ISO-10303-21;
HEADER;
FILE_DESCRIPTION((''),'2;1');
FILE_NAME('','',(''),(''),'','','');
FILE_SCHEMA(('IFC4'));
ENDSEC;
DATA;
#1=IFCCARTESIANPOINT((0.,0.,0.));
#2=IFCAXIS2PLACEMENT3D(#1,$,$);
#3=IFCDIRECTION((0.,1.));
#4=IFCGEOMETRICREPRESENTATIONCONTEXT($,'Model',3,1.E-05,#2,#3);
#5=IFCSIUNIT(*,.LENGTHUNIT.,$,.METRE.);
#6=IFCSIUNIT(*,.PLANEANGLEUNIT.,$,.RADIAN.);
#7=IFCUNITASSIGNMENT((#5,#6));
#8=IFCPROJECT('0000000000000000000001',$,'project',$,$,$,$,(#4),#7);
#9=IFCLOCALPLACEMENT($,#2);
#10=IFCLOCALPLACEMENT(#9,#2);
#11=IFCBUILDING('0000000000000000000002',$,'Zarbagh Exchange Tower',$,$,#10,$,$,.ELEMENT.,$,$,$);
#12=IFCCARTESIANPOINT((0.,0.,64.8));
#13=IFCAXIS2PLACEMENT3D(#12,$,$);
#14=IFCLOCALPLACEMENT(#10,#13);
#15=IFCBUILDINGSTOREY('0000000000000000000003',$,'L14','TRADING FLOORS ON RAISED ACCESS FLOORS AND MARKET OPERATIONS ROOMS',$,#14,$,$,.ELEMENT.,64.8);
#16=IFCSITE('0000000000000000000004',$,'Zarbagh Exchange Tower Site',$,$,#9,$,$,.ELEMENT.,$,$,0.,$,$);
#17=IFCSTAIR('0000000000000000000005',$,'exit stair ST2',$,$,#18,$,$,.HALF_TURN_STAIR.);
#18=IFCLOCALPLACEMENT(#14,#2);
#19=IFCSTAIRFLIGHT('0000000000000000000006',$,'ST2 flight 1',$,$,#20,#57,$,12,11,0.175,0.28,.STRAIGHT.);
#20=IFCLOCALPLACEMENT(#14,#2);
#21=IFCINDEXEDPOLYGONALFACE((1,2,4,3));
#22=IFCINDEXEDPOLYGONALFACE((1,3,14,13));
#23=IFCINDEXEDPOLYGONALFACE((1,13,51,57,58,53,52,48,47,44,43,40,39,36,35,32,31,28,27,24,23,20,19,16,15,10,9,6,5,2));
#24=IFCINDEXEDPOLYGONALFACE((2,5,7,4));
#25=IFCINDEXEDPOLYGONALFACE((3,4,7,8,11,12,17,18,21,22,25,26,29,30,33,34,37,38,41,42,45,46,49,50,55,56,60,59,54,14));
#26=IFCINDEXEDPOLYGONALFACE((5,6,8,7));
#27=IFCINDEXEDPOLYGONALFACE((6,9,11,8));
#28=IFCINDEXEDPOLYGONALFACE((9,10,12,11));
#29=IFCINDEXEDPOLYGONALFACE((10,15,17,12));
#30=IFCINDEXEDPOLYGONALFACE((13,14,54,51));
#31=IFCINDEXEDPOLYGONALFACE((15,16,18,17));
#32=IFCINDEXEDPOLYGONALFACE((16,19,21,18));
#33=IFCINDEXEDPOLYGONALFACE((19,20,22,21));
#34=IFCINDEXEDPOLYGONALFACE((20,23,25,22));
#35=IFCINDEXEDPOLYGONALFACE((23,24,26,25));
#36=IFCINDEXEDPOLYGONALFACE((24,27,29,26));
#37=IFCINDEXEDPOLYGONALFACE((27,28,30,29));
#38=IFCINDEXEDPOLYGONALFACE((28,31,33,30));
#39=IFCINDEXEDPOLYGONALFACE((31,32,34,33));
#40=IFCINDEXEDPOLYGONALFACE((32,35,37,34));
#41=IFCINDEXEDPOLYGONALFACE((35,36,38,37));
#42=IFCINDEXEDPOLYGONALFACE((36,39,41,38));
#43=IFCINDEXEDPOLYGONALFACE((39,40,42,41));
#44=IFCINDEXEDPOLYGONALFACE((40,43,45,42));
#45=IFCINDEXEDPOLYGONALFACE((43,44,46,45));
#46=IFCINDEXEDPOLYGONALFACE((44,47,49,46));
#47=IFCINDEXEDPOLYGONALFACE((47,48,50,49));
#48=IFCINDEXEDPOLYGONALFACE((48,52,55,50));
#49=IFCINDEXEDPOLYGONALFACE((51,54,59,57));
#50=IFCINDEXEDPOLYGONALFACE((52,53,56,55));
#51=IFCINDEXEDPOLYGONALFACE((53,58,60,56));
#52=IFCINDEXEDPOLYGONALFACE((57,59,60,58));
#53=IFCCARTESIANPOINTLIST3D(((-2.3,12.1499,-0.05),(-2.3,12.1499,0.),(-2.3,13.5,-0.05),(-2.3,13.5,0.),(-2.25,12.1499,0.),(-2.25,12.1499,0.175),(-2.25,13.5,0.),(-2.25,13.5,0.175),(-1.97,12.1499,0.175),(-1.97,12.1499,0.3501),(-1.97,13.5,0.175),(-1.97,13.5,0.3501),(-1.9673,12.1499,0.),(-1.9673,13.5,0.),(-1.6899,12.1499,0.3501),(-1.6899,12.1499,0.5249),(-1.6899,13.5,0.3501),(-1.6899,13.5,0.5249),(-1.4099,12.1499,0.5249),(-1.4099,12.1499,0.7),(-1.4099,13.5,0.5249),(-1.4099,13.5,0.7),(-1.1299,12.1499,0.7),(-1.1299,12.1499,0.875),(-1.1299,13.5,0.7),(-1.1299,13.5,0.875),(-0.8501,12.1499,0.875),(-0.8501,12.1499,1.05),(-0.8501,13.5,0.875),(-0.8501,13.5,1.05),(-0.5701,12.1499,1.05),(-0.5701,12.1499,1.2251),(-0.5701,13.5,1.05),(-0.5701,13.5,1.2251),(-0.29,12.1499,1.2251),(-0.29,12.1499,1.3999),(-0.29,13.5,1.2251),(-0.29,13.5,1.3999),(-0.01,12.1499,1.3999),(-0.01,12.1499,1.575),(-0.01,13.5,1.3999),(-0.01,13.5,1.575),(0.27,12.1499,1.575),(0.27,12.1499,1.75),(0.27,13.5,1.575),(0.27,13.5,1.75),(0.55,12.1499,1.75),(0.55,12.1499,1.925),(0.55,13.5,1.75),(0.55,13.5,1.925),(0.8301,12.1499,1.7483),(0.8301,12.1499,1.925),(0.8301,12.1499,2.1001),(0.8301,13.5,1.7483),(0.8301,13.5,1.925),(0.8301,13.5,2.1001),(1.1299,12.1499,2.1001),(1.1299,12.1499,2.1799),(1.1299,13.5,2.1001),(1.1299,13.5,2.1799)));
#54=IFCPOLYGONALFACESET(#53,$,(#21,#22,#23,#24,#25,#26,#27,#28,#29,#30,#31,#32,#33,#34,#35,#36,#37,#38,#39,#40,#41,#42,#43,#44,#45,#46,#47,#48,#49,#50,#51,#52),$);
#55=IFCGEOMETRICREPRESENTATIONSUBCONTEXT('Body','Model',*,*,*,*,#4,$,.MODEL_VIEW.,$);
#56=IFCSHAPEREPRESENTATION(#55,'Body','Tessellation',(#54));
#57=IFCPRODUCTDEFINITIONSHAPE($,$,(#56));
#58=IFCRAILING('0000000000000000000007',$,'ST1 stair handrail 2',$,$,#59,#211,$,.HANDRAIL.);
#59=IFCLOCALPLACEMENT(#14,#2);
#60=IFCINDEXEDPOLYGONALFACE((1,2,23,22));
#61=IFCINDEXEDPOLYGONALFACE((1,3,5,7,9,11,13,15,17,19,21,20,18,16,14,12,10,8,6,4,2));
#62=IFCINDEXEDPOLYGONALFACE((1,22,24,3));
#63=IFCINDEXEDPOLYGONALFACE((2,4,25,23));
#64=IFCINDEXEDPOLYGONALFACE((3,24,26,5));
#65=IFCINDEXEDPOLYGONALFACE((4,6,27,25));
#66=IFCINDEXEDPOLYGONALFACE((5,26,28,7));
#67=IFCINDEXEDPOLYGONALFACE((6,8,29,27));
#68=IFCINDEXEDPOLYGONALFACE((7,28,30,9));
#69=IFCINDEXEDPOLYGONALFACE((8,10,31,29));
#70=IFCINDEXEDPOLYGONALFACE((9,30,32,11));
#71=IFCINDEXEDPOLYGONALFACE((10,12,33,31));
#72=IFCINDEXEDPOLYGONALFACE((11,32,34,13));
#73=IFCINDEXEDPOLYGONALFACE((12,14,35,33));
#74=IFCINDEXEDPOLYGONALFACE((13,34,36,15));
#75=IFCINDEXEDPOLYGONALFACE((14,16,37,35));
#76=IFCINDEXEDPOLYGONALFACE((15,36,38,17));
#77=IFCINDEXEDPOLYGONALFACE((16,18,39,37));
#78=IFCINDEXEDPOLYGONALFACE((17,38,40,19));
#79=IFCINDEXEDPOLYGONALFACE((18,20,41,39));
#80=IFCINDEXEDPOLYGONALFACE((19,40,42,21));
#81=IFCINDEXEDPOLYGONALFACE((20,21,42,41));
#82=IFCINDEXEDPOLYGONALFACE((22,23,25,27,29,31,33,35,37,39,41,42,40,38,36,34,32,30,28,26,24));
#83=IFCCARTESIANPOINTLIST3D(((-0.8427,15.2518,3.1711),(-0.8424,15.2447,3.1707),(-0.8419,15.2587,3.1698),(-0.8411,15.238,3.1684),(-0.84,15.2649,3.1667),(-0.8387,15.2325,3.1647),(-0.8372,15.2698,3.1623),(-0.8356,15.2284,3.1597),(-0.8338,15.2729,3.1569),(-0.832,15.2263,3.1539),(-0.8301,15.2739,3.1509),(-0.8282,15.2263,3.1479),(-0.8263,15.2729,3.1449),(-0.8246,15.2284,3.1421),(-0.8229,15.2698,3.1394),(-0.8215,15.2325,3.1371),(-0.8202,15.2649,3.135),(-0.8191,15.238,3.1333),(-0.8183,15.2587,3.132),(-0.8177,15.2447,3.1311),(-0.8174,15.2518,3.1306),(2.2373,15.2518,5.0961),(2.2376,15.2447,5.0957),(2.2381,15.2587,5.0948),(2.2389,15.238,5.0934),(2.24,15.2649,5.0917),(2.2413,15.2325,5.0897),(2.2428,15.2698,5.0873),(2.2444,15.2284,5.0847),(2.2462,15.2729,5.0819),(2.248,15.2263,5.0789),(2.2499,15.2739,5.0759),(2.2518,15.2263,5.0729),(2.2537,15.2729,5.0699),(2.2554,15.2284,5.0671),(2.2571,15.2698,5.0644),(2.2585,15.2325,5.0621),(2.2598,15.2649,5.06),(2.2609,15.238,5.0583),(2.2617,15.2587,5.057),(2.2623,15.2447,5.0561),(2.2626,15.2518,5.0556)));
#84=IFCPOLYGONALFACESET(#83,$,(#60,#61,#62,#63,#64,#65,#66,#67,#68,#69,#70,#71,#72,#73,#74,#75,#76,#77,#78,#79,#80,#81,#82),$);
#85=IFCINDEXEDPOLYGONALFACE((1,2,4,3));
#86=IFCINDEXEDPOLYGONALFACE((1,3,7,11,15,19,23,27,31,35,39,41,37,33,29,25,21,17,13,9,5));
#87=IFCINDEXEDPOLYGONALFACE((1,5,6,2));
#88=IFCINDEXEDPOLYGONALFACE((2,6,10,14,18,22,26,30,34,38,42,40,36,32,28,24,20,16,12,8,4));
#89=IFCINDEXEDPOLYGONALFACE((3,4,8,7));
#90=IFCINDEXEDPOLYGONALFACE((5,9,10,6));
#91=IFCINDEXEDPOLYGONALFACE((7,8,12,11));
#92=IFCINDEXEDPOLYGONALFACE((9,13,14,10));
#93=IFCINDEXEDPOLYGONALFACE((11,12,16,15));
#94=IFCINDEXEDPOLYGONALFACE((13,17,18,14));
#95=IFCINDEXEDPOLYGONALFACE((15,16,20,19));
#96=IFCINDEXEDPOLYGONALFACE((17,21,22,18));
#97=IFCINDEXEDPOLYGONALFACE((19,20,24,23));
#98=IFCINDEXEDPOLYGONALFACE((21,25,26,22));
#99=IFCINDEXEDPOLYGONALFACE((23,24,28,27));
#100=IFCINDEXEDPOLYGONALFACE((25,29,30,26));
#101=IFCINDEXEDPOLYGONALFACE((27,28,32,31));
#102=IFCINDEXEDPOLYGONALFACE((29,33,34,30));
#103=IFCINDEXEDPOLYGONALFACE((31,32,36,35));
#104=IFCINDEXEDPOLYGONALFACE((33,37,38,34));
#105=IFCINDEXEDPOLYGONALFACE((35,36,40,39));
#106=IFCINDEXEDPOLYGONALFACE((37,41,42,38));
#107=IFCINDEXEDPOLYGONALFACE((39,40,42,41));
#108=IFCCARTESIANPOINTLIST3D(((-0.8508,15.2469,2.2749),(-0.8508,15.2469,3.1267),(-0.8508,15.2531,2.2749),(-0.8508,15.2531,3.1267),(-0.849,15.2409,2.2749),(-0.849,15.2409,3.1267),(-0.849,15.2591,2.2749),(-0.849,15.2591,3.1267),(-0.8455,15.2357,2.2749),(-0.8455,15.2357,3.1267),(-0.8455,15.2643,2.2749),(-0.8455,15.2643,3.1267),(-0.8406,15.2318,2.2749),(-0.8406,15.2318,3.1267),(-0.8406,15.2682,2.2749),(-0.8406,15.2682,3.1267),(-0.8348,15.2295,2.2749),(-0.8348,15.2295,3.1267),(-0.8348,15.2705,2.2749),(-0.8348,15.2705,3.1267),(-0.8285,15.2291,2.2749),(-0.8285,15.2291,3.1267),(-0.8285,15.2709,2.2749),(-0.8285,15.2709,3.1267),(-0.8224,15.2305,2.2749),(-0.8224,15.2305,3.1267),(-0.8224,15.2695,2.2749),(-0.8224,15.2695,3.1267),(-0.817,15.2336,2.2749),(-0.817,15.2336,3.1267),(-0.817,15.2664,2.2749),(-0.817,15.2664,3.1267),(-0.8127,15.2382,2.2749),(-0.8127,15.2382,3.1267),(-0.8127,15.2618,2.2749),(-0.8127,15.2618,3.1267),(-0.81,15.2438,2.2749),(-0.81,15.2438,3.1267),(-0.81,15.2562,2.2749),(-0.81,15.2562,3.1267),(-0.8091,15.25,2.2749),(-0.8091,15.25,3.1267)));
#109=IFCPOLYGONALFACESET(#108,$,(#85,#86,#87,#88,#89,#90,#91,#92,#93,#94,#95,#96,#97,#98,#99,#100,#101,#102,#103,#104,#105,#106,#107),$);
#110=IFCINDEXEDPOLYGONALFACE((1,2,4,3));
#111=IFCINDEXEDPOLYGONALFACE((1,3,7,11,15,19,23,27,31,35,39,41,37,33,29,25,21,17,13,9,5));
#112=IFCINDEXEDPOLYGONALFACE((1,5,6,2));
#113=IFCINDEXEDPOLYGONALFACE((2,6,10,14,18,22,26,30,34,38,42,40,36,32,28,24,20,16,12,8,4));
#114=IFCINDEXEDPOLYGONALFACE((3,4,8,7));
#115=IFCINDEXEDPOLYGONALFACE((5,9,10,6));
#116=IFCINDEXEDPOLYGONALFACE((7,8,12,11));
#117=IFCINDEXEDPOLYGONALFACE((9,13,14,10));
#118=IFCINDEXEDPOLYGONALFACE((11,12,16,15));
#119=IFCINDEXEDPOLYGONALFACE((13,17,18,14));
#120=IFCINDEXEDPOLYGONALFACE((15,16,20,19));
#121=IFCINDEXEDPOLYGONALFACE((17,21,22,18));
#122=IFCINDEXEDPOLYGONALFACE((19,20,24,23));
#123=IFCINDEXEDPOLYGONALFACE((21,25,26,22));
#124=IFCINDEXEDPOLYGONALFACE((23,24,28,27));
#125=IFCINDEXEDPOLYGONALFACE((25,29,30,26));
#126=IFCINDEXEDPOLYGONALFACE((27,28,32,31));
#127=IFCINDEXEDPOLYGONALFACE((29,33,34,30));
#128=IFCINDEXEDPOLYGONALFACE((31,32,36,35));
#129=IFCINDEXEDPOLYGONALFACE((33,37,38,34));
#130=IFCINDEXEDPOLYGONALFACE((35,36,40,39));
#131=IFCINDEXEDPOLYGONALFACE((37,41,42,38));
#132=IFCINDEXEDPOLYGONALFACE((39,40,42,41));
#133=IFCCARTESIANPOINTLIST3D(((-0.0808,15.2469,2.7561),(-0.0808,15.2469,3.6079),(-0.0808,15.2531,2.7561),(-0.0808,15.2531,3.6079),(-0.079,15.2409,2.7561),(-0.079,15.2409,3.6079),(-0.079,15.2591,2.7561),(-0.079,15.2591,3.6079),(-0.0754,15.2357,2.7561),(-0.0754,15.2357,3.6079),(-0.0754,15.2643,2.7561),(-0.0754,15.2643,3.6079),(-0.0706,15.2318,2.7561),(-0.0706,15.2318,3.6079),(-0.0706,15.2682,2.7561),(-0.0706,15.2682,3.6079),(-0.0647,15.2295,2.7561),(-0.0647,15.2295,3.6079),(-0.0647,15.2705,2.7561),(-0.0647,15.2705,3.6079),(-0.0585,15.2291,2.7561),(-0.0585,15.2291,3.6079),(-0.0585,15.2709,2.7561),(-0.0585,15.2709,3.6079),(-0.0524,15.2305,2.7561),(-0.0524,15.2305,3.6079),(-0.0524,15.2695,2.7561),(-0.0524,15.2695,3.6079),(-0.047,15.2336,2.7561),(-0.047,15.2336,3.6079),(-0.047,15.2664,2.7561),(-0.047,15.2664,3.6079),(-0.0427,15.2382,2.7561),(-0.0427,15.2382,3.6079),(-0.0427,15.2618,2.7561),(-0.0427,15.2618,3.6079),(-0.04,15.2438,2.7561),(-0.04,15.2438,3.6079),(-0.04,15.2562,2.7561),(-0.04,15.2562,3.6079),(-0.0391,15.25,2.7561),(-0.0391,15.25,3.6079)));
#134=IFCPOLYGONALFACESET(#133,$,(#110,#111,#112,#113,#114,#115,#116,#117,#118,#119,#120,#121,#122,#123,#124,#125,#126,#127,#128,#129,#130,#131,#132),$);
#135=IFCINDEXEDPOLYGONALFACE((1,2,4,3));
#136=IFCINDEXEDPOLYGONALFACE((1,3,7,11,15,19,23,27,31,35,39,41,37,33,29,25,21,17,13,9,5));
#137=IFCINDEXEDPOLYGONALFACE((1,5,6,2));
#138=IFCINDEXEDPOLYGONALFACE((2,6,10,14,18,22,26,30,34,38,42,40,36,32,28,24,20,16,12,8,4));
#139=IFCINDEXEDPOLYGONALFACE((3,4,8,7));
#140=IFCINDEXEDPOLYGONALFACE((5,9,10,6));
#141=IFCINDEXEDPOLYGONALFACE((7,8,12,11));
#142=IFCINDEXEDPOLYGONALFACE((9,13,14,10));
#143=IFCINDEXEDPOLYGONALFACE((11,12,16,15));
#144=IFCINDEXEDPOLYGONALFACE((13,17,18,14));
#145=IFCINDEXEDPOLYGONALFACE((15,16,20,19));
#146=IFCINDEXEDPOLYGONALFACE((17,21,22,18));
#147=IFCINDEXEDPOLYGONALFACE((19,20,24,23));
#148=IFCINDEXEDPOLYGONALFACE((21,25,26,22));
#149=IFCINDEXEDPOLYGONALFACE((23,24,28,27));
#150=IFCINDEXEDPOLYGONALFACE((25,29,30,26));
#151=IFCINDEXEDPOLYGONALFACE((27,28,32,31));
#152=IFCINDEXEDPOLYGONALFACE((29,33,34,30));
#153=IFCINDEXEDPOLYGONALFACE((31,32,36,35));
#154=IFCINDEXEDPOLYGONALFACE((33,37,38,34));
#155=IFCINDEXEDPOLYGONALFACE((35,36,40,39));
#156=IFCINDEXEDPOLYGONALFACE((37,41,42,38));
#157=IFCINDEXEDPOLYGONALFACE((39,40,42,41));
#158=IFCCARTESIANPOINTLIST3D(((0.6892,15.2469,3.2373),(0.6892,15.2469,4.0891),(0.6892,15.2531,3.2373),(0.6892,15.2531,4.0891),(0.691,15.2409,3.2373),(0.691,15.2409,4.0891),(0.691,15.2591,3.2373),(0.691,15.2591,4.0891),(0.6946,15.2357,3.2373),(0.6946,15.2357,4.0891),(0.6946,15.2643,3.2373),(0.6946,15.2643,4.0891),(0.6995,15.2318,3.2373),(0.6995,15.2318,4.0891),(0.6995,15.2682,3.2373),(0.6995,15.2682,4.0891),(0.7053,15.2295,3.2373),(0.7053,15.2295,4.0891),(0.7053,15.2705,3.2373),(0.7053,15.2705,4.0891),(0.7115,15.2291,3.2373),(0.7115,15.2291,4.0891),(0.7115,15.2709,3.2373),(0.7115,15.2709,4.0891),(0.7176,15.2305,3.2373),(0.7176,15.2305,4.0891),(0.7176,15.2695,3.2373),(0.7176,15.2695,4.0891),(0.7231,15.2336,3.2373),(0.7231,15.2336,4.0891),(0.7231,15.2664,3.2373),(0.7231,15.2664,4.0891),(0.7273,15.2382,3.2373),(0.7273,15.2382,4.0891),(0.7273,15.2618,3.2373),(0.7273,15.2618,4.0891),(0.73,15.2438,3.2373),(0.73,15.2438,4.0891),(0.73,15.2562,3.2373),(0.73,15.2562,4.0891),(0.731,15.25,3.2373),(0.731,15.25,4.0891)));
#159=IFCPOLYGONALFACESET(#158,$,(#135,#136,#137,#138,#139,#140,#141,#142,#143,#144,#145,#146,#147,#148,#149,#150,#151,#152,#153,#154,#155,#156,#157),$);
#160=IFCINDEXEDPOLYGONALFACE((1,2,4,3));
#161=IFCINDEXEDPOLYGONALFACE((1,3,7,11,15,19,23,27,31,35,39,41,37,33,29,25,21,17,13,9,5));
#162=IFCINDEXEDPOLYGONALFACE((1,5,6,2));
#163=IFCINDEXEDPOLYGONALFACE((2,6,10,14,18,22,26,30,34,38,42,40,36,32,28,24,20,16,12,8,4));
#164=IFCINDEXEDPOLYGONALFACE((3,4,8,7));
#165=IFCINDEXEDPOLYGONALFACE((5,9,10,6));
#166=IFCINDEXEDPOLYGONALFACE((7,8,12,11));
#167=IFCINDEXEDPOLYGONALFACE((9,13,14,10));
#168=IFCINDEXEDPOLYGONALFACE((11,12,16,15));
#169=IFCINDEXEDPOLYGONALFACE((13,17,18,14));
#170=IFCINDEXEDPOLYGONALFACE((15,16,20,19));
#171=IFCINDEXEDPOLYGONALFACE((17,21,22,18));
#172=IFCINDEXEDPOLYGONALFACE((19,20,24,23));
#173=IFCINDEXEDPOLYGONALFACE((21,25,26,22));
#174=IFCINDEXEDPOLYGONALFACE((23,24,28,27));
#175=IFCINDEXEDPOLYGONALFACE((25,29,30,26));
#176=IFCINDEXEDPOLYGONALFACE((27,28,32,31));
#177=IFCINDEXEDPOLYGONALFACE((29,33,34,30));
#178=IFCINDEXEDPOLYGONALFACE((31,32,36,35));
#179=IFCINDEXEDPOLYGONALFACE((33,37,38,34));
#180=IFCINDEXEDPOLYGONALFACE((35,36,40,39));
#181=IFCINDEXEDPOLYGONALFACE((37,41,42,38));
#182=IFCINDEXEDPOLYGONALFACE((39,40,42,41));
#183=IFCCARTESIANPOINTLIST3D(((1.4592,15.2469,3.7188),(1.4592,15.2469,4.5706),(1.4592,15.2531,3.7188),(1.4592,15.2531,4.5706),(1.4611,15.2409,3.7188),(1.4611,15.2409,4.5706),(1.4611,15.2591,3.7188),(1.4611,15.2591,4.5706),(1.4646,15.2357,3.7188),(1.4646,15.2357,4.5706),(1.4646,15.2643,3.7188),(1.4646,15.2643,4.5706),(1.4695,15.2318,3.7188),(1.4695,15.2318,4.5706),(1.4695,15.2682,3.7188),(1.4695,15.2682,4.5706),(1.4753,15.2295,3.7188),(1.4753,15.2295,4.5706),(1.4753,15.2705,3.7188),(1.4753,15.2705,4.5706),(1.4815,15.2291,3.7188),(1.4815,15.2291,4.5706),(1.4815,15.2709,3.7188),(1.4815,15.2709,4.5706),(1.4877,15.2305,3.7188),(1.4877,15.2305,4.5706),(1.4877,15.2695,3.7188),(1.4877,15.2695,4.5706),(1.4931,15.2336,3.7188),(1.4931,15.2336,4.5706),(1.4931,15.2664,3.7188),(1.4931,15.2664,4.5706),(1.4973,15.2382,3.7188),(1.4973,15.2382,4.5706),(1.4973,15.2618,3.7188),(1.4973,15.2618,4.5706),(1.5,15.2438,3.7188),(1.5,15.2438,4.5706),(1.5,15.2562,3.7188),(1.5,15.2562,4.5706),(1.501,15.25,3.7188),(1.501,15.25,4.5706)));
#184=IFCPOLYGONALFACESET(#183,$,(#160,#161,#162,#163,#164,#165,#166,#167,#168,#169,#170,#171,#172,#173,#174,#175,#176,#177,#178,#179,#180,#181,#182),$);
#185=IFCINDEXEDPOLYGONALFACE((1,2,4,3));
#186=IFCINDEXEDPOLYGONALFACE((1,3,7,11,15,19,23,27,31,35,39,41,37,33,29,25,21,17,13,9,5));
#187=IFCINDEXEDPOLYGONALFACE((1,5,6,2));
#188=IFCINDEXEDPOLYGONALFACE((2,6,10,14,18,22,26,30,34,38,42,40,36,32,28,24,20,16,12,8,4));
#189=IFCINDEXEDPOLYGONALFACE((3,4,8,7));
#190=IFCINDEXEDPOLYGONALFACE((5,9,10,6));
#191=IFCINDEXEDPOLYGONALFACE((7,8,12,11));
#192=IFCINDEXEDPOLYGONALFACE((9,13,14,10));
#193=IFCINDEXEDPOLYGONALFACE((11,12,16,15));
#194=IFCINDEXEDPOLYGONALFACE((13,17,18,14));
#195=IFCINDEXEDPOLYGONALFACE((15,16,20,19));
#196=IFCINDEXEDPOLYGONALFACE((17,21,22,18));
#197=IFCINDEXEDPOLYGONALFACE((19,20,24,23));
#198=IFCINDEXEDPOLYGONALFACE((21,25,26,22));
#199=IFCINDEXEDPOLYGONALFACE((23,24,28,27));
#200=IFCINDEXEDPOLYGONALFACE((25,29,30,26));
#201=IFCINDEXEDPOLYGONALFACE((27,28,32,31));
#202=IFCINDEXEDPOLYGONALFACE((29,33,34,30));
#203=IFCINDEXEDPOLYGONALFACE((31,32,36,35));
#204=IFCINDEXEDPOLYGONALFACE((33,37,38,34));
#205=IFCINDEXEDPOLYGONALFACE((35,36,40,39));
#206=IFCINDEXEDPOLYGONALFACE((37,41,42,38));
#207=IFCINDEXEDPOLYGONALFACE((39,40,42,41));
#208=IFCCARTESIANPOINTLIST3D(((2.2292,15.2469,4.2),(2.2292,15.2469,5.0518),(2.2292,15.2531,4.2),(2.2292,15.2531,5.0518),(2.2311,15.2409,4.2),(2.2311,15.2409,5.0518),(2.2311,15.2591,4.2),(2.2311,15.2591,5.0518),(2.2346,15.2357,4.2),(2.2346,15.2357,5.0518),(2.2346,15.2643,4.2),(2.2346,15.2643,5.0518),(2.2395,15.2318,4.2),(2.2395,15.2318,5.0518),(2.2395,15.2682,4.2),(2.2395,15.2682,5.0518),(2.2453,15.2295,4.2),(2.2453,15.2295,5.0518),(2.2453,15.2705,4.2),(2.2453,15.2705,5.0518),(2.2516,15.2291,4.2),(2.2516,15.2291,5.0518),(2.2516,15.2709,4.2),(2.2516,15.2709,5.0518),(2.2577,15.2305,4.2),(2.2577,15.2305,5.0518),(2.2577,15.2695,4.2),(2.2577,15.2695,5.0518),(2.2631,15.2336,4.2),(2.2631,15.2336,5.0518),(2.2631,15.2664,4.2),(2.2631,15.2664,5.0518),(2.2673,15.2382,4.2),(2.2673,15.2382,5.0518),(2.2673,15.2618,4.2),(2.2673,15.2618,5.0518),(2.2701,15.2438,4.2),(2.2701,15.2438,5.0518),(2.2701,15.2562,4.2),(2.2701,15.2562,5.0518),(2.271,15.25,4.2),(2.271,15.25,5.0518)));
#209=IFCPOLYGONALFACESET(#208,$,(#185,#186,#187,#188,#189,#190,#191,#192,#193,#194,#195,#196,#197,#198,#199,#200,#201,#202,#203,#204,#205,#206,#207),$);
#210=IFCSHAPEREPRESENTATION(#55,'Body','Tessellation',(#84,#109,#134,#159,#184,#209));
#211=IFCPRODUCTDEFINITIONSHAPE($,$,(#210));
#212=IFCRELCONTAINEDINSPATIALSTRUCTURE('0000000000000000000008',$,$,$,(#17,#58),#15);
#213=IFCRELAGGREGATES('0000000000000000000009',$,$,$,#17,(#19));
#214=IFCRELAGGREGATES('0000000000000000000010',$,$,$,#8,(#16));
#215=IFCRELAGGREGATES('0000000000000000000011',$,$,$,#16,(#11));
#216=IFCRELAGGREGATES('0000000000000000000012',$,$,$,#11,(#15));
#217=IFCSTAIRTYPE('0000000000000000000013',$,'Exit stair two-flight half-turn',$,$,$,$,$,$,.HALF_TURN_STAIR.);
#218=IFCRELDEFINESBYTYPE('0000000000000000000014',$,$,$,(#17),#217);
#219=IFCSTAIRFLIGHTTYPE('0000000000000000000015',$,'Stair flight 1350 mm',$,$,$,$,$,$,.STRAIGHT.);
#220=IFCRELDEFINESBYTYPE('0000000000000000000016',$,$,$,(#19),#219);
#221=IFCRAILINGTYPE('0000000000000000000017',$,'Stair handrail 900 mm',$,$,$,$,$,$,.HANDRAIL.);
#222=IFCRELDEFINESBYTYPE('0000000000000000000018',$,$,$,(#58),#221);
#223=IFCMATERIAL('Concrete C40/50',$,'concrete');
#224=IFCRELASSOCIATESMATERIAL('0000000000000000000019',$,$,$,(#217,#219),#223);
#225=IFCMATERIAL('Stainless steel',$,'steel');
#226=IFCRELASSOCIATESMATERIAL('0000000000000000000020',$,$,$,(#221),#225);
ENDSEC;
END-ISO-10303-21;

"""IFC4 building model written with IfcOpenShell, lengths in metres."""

from ifc_helpers import new_model, si_unit, direction, frame, origin, origin_2d, place, context, subcontext, project, spatial, polyline, circle, outline, extrude, material, type_object, element, aggregate, save


model = new_model("IFC4")

# Units and contexts
model_context = context("Model", 3, precision=1e-05, world=origin(), true_north=direction((0.0, 1.0)))
body_context = subcontext(model_context, "Body", "Model", "MODEL_VIEW")
ifc_project = project(units=[si_unit("LENGTHUNIT", "METRE"), si_unit("PLANEANGLEUNIT", "RADIAN")], contexts=[model_context])

# Site, building, storey
site_placement = place(None, origin())
site = spatial("IfcSite", under=ifc_project, at=site_placement, Name="Zarbagh Exchange Tower Site", CompositionType="ELEMENT", RefElevation=0.0)
building_placement = place(site_placement, origin())
building = spatial("IfcBuilding", under=site, at=building_placement, Name="Zarbagh Exchange Tower", CompositionType="ELEMENT")
storey_placement = place(building_placement, frame((0.0, 0.0, 64.8)))
storey = spatial("IfcBuildingStorey", under=building, at=storey_placement, Name="L14", Description="TRADING FLOORS ON RAISED ACCESS FLOORS AND MARKET OPERATIONS ROOMS", CompositionType="ELEMENT", Elevation=64.8)

# Shared definitions
ifc_material_1 = material(Name="Stainless steel", Category="steel")

# Stair, stair flight
ifc_material_2 = material(Name="Concrete C40/50", Category="concrete")
stair_type = type_object("IfcStairType", Name="Exit stair two-flight half-turn", PredefinedType="HALF_TURN_STAIR", material=ifc_material_2)
stair_flight_type = type_object("IfcStairFlightType", Name="Stair flight 1350 mm", PredefinedType="STRAIGHT", material=ifc_material_2)
stair_1_placement = place(storey_placement, origin())
stair_1 = element("IfcStair", 1, at=stair_1_placement, inside=storey, type_object=stair_type, Name="exit stair ST2", PredefinedType="HALF_TURN_STAIR")
stair_flight_1_placement = place(storey_placement, frame((-2.25, 12.825, 0.0), z_axis=(0.0, 0.0, 1.0), x_axis=(1.0, 0.0, 0.0)))
stair_flight_1 = element("IfcStairFlight", 2, at=stair_flight_1_placement, type_object=stair_flight_type, Name="ST2 flight 1", NumberOfRisers=12, NumberOfTreads=11, PredefinedType="STRAIGHT", RiserHeight=0.175, TreadLength=0.28, context=body_context, shape_type="SweptSolid", body=[
    extrude(outline(polyline([(-0.05, -0.05), (-0.05, 0.0), (0.0, 0.0), (0.0, 0.175), (0.28, 0.175), (0.28, 0.3501), (0.5601, 0.3501), (0.5601, 0.5249), (0.8401, 0.5249), (0.8401, 0.7), (1.1201, 0.7), (1.1201, 0.875), (1.3999, 0.875), (1.3999, 1.05), (1.6799, 1.05), (1.6799, 1.2251), (1.96, 1.2251), (1.96, 1.3999), (2.24, 1.3999), (2.24, 1.575), (2.52, 1.575), (2.52, 1.75), (2.8, 1.75), (2.8, 1.925), (3.0801, 1.925), (3.0801, 2.1001), (3.3799, 2.1799), (3.3799, 2.1001), (3.0801, 1.7483), (0.2827, 0.0), (-0.05, -0.05)])), frame((0.0, 0.675, 0.0), z_axis=(0.0, -1.0, 0.0), x_axis=(1.0, 0.0, 0.0)), (0.0, 0.0, 1.0), 1.3501),
])
aggregate(stair_1, [stair_flight_1])

# Railing
railing_type_1 = type_object("IfcRailingType", Name="Stair handrail 900 mm", PredefinedType="HANDRAIL", material=ifc_material_1)
railing_1_placement = place(storey_placement, frame((-0.8301, 15.25, 2.2749)))
element("IfcRailing", 3, at=railing_1_placement, inside=storey, type_object=railing_type_1, Name="ST1 stair handrail 2", PredefinedType="HANDRAIL", context=body_context, shape_type="SweptSolid", body=[
    extrude(circle(Radius=0.0239, at=origin_2d()), frame((0.0, 0.0, 0.876), z_axis=(0.847998, 0.0, 0.529999), x_axis=(0.0, 1.0, 0.0)), (0.0, 0.0, 1.0), 3.6321),
    extrude(circle(Radius=0.021, at=origin_2d()), origin(), (0.0, 0.0, 1.0), 0.8518),
    extrude(circle(Radius=0.021, at=origin_2d()), frame((0.77, 0.0, 0.4812)), (0.0, 0.0, 1.0), 0.8518),
    extrude(circle(Radius=0.021, at=origin_2d()), frame((1.54, 0.0, 0.9624)), (0.0, 0.0, 1.0), 0.8518),
    extrude(circle(Radius=0.021, at=origin_2d()), frame((2.3101, 0.0, 1.4438)), (0.0, 0.0, 1.0), 0.8518),
    extrude(circle(Radius=0.021, at=origin_2d()), frame((3.0801, 0.0, 1.925)), (0.0, 0.0, 1.0), 0.8518),
])

save(model, "model.ifc")
